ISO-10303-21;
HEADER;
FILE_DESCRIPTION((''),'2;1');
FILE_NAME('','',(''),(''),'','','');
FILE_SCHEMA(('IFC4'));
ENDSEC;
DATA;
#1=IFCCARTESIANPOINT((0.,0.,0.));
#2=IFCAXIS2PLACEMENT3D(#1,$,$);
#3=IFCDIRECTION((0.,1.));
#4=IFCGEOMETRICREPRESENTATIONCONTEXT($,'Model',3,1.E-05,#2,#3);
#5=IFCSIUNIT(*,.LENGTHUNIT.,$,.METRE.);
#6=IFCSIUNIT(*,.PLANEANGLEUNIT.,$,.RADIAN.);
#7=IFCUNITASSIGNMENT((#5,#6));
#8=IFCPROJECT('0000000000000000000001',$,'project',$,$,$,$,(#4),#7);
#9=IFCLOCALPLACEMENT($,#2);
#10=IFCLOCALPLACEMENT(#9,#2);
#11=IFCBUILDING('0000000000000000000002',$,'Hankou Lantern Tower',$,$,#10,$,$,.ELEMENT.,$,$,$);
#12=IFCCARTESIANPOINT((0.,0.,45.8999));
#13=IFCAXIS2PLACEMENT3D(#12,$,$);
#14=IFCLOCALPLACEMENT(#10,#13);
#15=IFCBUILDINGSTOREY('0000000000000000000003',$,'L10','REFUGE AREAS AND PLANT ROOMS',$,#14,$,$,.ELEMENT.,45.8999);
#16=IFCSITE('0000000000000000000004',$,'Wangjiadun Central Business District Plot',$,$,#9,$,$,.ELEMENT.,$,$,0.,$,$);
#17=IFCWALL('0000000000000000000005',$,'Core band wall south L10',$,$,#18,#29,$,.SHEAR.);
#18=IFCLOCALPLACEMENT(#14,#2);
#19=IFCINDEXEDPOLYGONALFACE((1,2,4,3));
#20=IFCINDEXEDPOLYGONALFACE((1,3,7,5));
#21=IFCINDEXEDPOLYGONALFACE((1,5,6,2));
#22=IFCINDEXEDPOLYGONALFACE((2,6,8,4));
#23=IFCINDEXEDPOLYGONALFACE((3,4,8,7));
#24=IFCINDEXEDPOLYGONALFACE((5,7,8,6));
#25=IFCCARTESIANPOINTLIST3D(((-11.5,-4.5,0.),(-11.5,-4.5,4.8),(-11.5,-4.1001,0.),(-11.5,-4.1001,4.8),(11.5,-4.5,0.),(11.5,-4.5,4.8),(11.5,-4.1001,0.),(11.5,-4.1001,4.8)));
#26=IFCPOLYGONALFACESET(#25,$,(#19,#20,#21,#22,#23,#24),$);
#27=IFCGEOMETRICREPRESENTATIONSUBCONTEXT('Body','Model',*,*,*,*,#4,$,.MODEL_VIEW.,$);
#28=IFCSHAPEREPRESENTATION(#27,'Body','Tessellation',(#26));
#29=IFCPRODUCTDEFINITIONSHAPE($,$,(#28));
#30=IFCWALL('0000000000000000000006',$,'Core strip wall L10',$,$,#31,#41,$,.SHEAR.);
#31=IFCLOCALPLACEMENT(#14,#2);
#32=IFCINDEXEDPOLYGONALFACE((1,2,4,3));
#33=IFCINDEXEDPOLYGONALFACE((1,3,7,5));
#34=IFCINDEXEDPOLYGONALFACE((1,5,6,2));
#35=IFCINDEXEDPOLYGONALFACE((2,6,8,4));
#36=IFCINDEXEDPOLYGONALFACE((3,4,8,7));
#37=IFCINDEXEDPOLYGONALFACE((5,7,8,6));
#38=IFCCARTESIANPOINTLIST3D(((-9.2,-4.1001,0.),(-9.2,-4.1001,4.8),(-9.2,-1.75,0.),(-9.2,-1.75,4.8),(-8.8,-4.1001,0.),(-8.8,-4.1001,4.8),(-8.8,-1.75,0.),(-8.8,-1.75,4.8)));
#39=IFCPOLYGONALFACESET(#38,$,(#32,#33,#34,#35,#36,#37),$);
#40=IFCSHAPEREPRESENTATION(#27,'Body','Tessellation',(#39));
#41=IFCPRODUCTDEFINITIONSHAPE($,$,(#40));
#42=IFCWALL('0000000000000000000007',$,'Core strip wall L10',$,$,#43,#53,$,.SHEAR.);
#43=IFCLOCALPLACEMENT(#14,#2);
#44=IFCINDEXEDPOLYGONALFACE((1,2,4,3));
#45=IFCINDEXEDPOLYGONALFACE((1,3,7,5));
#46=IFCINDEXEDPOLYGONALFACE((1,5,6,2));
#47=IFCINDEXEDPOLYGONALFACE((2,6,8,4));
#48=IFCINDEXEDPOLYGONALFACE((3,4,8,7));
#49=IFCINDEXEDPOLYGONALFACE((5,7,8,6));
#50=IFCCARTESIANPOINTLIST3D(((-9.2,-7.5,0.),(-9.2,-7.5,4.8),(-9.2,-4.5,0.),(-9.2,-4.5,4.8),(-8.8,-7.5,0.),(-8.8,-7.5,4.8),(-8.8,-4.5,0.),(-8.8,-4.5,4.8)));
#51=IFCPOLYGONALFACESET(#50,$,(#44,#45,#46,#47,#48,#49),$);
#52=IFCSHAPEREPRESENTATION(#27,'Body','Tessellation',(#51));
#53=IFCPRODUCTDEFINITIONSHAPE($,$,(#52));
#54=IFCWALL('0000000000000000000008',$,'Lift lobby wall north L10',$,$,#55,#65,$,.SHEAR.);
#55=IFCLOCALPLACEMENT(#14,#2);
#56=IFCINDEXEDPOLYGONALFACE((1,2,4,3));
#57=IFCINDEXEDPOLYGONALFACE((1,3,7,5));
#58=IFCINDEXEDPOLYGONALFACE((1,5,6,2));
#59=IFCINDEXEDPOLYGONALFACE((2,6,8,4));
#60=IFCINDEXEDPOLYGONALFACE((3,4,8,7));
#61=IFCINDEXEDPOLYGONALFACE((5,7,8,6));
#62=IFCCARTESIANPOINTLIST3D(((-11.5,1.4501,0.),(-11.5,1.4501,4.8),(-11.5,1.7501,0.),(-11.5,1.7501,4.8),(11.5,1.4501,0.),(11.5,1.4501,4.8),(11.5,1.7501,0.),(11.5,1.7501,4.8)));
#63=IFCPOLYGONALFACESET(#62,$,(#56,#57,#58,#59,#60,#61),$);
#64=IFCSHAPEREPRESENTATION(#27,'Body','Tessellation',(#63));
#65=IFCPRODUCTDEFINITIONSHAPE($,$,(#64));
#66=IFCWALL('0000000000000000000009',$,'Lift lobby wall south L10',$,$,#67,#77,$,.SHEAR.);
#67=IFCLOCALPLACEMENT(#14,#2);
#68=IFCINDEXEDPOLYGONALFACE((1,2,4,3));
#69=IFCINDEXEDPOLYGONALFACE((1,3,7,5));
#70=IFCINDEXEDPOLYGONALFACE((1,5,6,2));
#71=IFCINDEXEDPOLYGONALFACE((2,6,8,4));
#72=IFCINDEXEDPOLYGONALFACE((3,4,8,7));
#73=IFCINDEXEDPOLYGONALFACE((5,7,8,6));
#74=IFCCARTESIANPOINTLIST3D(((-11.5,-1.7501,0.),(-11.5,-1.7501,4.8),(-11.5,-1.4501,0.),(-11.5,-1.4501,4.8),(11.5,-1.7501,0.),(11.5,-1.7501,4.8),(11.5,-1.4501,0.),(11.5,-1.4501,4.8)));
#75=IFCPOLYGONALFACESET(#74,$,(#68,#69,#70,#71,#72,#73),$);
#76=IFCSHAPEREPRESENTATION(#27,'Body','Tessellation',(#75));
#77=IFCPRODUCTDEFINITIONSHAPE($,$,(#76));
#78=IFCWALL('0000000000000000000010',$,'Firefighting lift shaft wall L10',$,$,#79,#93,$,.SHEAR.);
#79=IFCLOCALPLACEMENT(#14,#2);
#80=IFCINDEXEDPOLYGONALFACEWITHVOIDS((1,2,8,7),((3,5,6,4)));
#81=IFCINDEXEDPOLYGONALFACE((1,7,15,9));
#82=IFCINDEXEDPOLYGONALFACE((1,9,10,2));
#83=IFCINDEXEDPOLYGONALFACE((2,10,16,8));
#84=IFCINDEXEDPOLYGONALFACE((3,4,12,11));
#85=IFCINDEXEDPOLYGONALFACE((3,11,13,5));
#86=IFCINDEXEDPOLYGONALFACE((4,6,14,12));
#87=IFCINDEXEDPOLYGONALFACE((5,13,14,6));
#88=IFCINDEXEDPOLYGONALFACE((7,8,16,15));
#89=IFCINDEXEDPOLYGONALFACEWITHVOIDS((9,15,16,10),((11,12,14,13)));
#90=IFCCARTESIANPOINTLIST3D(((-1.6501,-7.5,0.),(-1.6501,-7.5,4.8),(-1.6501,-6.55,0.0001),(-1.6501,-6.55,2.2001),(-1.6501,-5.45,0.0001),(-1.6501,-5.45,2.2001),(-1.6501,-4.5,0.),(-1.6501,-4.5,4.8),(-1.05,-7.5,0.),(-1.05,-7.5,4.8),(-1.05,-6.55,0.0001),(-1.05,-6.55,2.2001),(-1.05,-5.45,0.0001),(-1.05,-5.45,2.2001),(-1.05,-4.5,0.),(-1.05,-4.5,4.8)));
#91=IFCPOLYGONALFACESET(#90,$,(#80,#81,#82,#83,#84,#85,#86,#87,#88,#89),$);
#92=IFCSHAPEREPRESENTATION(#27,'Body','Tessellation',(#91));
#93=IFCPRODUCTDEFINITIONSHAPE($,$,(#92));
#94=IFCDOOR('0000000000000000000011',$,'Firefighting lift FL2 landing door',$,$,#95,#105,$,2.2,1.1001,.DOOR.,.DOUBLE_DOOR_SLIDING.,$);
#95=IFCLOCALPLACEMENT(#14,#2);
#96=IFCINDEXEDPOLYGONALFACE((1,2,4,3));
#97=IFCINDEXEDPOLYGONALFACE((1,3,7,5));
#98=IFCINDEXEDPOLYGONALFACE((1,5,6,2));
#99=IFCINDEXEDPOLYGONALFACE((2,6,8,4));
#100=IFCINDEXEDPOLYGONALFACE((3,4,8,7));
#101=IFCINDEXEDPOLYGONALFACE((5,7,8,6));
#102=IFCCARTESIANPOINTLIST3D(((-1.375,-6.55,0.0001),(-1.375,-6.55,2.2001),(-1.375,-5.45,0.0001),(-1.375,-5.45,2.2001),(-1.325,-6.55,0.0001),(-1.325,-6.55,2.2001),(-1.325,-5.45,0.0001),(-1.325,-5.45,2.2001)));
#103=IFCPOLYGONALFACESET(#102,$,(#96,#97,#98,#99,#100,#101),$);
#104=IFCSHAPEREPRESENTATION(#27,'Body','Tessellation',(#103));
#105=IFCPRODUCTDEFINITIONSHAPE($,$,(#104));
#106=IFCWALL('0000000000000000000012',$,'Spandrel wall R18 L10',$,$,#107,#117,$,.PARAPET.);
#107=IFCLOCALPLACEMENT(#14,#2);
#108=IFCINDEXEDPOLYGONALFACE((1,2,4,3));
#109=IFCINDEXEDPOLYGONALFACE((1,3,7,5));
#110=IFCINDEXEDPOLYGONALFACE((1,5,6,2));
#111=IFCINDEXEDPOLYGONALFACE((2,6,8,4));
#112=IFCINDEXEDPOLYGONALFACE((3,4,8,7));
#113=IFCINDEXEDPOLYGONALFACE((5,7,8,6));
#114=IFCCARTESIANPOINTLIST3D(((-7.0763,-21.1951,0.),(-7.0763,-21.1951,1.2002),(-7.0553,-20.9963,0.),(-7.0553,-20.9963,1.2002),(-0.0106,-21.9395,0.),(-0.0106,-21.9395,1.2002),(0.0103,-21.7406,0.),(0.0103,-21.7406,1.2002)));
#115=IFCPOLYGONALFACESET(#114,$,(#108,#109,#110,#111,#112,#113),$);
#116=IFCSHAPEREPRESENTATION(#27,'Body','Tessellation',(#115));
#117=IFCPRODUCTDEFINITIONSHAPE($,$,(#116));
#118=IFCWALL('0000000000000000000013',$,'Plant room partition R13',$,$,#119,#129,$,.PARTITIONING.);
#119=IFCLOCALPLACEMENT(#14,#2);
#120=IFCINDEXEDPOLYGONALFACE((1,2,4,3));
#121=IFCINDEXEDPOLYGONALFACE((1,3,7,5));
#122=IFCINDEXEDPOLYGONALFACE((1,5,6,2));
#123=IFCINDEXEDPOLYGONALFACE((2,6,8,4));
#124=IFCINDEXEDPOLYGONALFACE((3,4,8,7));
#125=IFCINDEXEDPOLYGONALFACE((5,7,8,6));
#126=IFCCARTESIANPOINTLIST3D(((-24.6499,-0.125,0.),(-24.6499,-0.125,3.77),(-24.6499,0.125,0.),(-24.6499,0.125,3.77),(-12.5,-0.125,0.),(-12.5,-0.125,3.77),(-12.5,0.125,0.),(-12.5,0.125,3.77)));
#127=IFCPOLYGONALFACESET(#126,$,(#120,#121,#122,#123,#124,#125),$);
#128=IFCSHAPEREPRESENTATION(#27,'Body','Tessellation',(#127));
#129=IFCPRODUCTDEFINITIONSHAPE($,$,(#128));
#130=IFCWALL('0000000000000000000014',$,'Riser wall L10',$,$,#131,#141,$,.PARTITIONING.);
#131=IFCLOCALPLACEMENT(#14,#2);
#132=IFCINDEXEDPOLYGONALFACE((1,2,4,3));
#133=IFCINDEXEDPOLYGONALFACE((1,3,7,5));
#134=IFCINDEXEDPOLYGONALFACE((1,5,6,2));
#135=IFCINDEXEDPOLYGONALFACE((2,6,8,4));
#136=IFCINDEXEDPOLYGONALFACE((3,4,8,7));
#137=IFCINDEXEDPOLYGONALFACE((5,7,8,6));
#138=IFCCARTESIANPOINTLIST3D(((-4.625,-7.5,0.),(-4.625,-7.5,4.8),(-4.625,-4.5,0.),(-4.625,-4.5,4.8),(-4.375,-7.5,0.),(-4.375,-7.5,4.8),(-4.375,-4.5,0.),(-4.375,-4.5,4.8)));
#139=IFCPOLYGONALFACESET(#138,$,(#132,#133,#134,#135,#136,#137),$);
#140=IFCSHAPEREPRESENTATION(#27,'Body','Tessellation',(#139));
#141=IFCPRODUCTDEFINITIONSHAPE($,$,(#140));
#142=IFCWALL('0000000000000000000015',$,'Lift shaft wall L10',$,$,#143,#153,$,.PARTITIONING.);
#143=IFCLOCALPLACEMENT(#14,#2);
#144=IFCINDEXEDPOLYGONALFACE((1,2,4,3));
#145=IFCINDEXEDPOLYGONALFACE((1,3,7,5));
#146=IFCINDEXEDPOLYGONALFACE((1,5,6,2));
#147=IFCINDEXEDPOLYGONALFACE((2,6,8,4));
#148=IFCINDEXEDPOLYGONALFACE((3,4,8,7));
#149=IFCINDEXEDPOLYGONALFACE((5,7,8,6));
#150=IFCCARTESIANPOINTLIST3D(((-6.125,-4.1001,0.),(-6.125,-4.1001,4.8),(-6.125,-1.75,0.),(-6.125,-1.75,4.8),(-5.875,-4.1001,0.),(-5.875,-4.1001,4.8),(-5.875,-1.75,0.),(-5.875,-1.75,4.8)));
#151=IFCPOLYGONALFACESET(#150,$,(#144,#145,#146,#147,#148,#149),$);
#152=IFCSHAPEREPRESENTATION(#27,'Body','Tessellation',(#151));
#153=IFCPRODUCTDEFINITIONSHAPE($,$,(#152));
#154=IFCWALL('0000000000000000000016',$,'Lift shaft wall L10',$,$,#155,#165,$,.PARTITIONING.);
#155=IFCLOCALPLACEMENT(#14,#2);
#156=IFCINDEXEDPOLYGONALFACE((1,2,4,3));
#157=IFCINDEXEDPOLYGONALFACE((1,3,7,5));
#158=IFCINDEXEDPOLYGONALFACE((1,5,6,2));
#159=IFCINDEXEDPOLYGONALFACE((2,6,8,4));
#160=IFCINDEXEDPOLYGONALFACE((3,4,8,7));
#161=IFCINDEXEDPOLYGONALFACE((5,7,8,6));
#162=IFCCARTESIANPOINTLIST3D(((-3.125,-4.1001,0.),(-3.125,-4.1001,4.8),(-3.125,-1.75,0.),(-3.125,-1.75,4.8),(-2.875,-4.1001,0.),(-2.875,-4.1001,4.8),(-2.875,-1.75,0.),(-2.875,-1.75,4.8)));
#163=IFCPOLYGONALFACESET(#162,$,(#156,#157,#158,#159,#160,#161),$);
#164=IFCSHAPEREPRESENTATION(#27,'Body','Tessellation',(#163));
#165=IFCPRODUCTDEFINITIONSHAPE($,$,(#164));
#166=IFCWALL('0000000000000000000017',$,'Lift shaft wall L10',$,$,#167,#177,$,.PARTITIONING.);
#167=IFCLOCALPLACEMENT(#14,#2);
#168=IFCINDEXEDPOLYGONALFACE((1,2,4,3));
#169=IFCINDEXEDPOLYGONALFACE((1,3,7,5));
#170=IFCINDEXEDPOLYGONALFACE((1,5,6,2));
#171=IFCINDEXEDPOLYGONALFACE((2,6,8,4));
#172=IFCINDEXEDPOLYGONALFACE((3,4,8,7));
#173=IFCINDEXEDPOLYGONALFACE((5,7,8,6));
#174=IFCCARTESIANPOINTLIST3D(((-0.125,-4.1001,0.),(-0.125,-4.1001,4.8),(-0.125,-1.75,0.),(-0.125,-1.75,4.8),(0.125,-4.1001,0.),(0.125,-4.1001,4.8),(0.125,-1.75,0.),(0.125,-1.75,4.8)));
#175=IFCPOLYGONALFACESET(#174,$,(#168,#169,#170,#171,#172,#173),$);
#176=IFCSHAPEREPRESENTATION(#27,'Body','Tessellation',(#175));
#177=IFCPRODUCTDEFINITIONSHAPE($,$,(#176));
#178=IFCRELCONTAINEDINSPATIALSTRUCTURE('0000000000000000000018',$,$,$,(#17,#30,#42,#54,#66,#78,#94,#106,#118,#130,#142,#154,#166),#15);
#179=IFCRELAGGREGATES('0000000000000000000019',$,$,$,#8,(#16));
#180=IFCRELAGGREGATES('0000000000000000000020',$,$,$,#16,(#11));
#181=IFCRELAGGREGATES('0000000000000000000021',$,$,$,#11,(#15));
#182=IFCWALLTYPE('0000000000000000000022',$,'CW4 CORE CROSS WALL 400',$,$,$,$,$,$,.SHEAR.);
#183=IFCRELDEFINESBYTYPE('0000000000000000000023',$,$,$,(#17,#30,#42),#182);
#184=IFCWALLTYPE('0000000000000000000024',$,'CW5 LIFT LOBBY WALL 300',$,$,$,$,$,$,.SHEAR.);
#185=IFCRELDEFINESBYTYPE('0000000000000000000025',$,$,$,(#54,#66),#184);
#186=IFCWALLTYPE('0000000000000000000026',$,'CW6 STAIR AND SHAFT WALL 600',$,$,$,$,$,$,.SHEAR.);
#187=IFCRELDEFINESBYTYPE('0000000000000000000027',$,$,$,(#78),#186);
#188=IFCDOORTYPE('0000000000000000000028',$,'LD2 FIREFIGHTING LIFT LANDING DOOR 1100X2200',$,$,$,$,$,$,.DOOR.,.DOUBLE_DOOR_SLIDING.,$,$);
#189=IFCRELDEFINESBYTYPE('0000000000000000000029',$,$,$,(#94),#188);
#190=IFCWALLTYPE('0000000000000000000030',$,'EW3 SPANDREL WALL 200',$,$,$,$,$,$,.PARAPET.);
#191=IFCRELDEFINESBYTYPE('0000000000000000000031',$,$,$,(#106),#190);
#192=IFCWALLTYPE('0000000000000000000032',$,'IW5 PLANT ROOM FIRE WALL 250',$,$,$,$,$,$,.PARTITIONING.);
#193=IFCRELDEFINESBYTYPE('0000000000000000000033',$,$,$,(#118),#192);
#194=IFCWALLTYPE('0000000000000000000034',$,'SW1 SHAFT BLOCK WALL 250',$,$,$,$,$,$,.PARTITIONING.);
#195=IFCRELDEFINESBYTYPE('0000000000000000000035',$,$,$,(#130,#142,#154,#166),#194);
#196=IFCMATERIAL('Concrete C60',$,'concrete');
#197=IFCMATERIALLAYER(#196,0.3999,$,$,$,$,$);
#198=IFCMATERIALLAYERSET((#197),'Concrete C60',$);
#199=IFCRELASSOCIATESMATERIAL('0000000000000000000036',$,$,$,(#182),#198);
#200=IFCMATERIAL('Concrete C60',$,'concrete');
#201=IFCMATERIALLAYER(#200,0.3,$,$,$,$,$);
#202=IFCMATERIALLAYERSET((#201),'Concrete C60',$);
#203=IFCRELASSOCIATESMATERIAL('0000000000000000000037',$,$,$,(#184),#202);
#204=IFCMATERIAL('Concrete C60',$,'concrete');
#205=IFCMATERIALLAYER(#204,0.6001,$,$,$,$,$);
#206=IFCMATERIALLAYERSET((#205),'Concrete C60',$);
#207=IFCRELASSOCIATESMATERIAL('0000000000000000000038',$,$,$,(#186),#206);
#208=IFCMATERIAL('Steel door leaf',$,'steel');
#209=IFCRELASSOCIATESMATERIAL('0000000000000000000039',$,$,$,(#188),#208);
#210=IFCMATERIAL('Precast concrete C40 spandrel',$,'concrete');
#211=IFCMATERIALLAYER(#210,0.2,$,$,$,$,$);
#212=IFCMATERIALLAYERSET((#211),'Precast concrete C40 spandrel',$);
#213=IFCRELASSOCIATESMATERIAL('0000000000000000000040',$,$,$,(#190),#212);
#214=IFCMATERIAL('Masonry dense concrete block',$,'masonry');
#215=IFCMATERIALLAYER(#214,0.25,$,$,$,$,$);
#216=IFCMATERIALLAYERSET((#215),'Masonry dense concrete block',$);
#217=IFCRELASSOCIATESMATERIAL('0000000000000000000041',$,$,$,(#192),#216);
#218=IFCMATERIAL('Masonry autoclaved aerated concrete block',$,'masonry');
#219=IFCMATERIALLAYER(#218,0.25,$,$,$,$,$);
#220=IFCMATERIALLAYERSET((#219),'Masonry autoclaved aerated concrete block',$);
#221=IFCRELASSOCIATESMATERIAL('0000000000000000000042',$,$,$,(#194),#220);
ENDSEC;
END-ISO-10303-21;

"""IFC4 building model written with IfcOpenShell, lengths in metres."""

from ifc_helpers import new_model, si_unit, direction, frame, frame_2d, origin, place, context, subcontext, project, spatial, rectangle, extrude, material, layer, layer_set, type_object, element, fill, save


model = new_model("IFC4")

# Units and contexts
model_context = context("Model", 3, precision=1e-05, world=origin(), true_north=direction((0.0, 1.0)))
body_context = subcontext(model_context, "Body", "Model", "MODEL_VIEW")
ifc_project = project(units=[si_unit("LENGTHUNIT", "METRE"), si_unit("PLANEANGLEUNIT", "RADIAN")], contexts=[model_context])

# Site, building, storey
site_placement = place(None, origin())
site = spatial("IfcSite", under=ifc_project, at=site_placement, Name="Wangjiadun Central Business District Plot", CompositionType="ELEMENT", RefElevation=0.0)
building_placement = place(site_placement, origin())
building = spatial("IfcBuilding", under=site, at=building_placement, Name="Hankou Lantern Tower", CompositionType="ELEMENT")
storey_placement = place(building_placement, frame((0.0, 0.0, 45.8999)))
storey = spatial("IfcBuildingStorey", under=building, at=storey_placement, Name="L10", Description="REFUGE AREAS AND PLANT ROOMS", CompositionType="ELEMENT", Elevation=45.8999)

# Walls
ifc_material_1 = material(Name="Concrete C60", Category="concrete")
ifc_layer_1 = layer(ifc_material_1, 0.3999)
ifc_layer_set_1 = layer_set([ifc_layer_1], Name="Concrete C60")
wall_type_1 = type_object("IfcWallType", Name="CW4 CORE CROSS WALL 400", PredefinedType="SHEAR", material=ifc_layer_set_1)
wall_1_placement = place(storey_placement, frame((-11.5, -4.3, 0.0), z_axis=(0.0, 0.0, 1.0), x_axis=(1.0, 0.0, 0.0)))
element("IfcWall", 1, at=wall_1_placement, inside=storey, type_object=wall_type_1, Name="Core band wall south L10", PredefinedType="SHEAR", context=body_context, shape_type="SweptSolid", body=[
    extrude(rectangle(XDim=23.0, YDim=0.3999, at=frame_2d((11.5, 0.0))), origin(), (0.0, 0.0, 1.0), 4.8),
])
wall_2_placement = place(storey_placement, frame((-9.0, -4.1001, 0.0), z_axis=(0.0, 0.0, 1.0), x_axis=(0.0, 1.0, 0.0)))
element("IfcWall", 2, at=wall_2_placement, inside=storey, type_object=wall_type_1, Name="Core strip wall L10", PredefinedType="SHEAR", context=body_context, shape_type="SweptSolid", body=[
    extrude(rectangle(XDim=2.3501, YDim=0.3999, at=frame_2d((1.175, 0.0))), origin(), (0.0, 0.0, 1.0), 4.8),
])
wall_3_placement = place(storey_placement, frame((-9.0, -7.5, 0.0), z_axis=(0.0, 0.0, 1.0), x_axis=(0.0, 1.0, 0.0)))
element("IfcWall", 3, at=wall_3_placement, inside=storey, type_object=wall_type_1, Name="Core strip wall L10", PredefinedType="SHEAR", context=body_context, shape_type="SweptSolid", body=[
    extrude(rectangle(XDim=3.0, YDim=0.3999, at=frame_2d((1.5, 0.0))), origin(), (0.0, 0.0, 1.0), 4.8),
])
ifc_material_2 = material(Name="Concrete C60", Category="concrete")
ifc_layer_2 = layer(ifc_material_2, 0.3)
ifc_layer_set_2 = layer_set([ifc_layer_2], Name="Concrete C60")
wall_type_2 = type_object("IfcWallType", Name="CW5 LIFT LOBBY WALL 300", PredefinedType="SHEAR", material=ifc_layer_set_2)
for number, where, z_axis, x_axis, name in (
    (4, (-11.5, 1.6001, 0.0), (0.0, 0.0, 1.0), (1.0, 0.0, 0.0), "Lift lobby wall north L10"),
    (5, (-11.5, -1.6001, 0.0), (0.0, 0.0, 1.0), (1.0, 0.0, 0.0), "Lift lobby wall south L10"),
):
    element("IfcWall", number, at=place(storey_placement, frame(where, z_axis=z_axis, x_axis=x_axis)), inside=storey, type_object=wall_type_2, Name=name, PredefinedType="SHEAR", context=body_context, shape_type="SweptSolid", body=[
        extrude(rectangle(XDim=23.0, YDim=0.3, at=frame_2d((11.5, 0.0))), origin(), (0.0, 0.0, 1.0), 4.8),
    ])

# Wall, opening, door
ifc_material_3 = material(Name="Concrete C60", Category="concrete")
ifc_layer_3 = layer(ifc_material_3, 0.6001)
ifc_layer_set_3 = layer_set([ifc_layer_3], Name="Concrete C60")
wall_type_3 = type_object("IfcWallType", Name="CW6 STAIR AND SHAFT WALL 600", PredefinedType="SHEAR", material=ifc_layer_set_3)
wall_4_placement = place(storey_placement, frame((-1.3501, -7.5, 0.0), z_axis=(0.0, 0.0, 1.0), x_axis=(0.0, 1.0, 0.0)))
wall_4 = element("IfcWall", 6, at=wall_4_placement, inside=storey, type_object=wall_type_3, Name="Firefighting lift shaft wall L10", PredefinedType="SHEAR", context=body_context, shape_type="SweptSolid", body=[
    extrude(rectangle(XDim=3.0, YDim=0.6001, at=frame_2d((1.5, 0.0))), origin(), (0.0, 0.0, 1.0), 4.8),
])
opening_placement = place(wall_4_placement, frame((0.95, 0.0, 0.0)))
opening = element("IfcOpeningElement", 7, at=opening_placement, cuts=wall_4, PredefinedType="OPENING", context=body_context, shape_type="SweptSolid", body=[
    extrude(rectangle(XDim=1.1001, YDim=2.2, at=frame_2d((0.55, 1.1001))), frame((0.0, 0.3101, 0.0), z_axis=(0.0, -1.0, 0.0), x_axis=(1.0, 0.0, 0.0)), (0.0, 0.0, 1.0), 0.6201),
])
ifc_material_4 = material(Name="Steel door leaf", Category="steel")
door_type = type_object("IfcDoorType", Name="LD2 FIREFIGHTING LIFT LANDING DOOR 1100X2200", OperationType="DOUBLE_DOOR_SLIDING", PredefinedType="DOOR", material=ifc_material_4)
door_placement = place(opening_placement, origin())
door = element("IfcDoor", 8, at=door_placement, inside=storey, type_object=door_type, Name="Firefighting lift FL2 landing door", OperationType="DOUBLE_DOOR_SLIDING", OverallHeight=2.2, OverallWidth=1.1001, PredefinedType="DOOR", context=body_context, shape_type="SweptSolid", body=[
    extrude(rectangle(XDim=1.1001, YDim=2.2, at=frame_2d((0.55, 1.1001))), frame((0.0, 0.0249, 0.0), z_axis=(0.0, -1.0, 0.0), x_axis=(1.0, 0.0, 0.0)), (0.0, 0.0, 1.0), 0.05),
])
fill(opening, door)

# Walls
ifc_material_5 = material(Name="Precast concrete C40 spandrel", Category="concrete")
ifc_layer_4 = layer(ifc_material_5, 0.2)
ifc_layer_set_4 = layer_set([ifc_layer_4], Name="Precast concrete C40 spandrel")
wall_type_4 = type_object("IfcWallType", Name="EW3 SPANDREL WALL 200", PredefinedType="PARAPET", material=ifc_layer_set_4)
wall_5_placement = place(storey_placement, frame((-7.0657, -21.0957, 0.0), z_axis=(0.0, 0.0, 1.0), x_axis=(0.994496, -0.104772, 0.0)))
element("IfcWall", 9, at=wall_5_placement, inside=storey, type_object=wall_type_4, Name="Spandrel wall R18 L10", PredefinedType="PARAPET", context=body_context, shape_type="SweptSolid", body=[
    extrude(rectangle(XDim=7.1047, YDim=0.2, at=frame_2d((3.5522, 0.0))), origin(), (0.0, 0.0, 1.0), 1.2002),
])
ifc_material_6 = material(Name="Masonry dense concrete block", Category="masonry")
ifc_layer_5 = layer(ifc_material_6, 0.25)
ifc_layer_set_5 = layer_set([ifc_layer_5], Name="Masonry dense concrete block")
wall_type_5 = type_object("IfcWallType", Name="IW5 PLANT ROOM FIRE WALL 250", PredefinedType="PARTITIONING", material=ifc_layer_set_5)
wall_6_placement = place(storey_placement, frame((-12.5, 0.0, 0.0), z_axis=(0.0, 0.0, 1.0), x_axis=(-1.0, 0.0, 0.0)))
element("IfcWall", 10, at=wall_6_placement, inside=storey, type_object=wall_type_5, Name="Plant room partition R13", PredefinedType="PARTITIONING", context=body_context, shape_type="SweptSolid", body=[
    extrude(rectangle(XDim=12.1499, YDim=0.25, at=frame_2d((6.075, 0.0))), origin(), (0.0, 0.0, 1.0), 3.77),
])
ifc_material_7 = material(Name="Masonry autoclaved aerated concrete block", Category="masonry")
ifc_layer_6 = layer(ifc_material_7, 0.25)
ifc_layer_set_6 = layer_set([ifc_layer_6], Name="Masonry autoclaved aerated concrete block")
wall_type_6 = type_object("IfcWallType", Name="SW1 SHAFT BLOCK WALL 250", PredefinedType="PARTITIONING", material=ifc_layer_set_6)
wall_7_placement = place(storey_placement, frame((-4.5, -7.5, 0.0), z_axis=(0.0, 0.0, 1.0), x_axis=(0.0, 1.0, 0.0)))
element("IfcWall", 11, at=wall_7_placement, inside=storey, type_object=wall_type_6, Name="Riser wall L10", PredefinedType="PARTITIONING", context=body_context, shape_type="SweptSolid", body=[
    extrude(rectangle(XDim=3.0, YDim=0.25, at=frame_2d((1.5, 0.0))), origin(), (0.0, 0.0, 1.0), 4.8),
])
for number, where, z_axis, x_axis, name in (
    (12, (-6.0, -4.1001, 0.0), (0.0, 0.0, 1.0), (0.0, 1.0, 0.0), "Lift shaft wall L10"),
    (13, (-3.0, -4.1001, 0.0), (0.0, 0.0, 1.0), (0.0, 1.0, 0.0), "Lift shaft wall L10"),
    (14, (0.0, -4.1001, 0.0), (0.0, 0.0, 1.0), (0.0, 1.0, 0.0), "Lift shaft wall L10"),
):
    element("IfcWall", number, at=place(storey_placement, frame(where, z_axis=z_axis, x_axis=x_axis)), inside=storey, type_object=wall_type_6, Name=name, PredefinedType="PARTITIONING", context=body_context, shape_type="SweptSolid", body=[
        extrude(rectangle(XDim=2.3501, YDim=0.25, at=frame_2d((1.175, 0.0))), origin(), (0.0, 0.0, 1.0), 4.8),
    ])

save(model, "model.ifc")
